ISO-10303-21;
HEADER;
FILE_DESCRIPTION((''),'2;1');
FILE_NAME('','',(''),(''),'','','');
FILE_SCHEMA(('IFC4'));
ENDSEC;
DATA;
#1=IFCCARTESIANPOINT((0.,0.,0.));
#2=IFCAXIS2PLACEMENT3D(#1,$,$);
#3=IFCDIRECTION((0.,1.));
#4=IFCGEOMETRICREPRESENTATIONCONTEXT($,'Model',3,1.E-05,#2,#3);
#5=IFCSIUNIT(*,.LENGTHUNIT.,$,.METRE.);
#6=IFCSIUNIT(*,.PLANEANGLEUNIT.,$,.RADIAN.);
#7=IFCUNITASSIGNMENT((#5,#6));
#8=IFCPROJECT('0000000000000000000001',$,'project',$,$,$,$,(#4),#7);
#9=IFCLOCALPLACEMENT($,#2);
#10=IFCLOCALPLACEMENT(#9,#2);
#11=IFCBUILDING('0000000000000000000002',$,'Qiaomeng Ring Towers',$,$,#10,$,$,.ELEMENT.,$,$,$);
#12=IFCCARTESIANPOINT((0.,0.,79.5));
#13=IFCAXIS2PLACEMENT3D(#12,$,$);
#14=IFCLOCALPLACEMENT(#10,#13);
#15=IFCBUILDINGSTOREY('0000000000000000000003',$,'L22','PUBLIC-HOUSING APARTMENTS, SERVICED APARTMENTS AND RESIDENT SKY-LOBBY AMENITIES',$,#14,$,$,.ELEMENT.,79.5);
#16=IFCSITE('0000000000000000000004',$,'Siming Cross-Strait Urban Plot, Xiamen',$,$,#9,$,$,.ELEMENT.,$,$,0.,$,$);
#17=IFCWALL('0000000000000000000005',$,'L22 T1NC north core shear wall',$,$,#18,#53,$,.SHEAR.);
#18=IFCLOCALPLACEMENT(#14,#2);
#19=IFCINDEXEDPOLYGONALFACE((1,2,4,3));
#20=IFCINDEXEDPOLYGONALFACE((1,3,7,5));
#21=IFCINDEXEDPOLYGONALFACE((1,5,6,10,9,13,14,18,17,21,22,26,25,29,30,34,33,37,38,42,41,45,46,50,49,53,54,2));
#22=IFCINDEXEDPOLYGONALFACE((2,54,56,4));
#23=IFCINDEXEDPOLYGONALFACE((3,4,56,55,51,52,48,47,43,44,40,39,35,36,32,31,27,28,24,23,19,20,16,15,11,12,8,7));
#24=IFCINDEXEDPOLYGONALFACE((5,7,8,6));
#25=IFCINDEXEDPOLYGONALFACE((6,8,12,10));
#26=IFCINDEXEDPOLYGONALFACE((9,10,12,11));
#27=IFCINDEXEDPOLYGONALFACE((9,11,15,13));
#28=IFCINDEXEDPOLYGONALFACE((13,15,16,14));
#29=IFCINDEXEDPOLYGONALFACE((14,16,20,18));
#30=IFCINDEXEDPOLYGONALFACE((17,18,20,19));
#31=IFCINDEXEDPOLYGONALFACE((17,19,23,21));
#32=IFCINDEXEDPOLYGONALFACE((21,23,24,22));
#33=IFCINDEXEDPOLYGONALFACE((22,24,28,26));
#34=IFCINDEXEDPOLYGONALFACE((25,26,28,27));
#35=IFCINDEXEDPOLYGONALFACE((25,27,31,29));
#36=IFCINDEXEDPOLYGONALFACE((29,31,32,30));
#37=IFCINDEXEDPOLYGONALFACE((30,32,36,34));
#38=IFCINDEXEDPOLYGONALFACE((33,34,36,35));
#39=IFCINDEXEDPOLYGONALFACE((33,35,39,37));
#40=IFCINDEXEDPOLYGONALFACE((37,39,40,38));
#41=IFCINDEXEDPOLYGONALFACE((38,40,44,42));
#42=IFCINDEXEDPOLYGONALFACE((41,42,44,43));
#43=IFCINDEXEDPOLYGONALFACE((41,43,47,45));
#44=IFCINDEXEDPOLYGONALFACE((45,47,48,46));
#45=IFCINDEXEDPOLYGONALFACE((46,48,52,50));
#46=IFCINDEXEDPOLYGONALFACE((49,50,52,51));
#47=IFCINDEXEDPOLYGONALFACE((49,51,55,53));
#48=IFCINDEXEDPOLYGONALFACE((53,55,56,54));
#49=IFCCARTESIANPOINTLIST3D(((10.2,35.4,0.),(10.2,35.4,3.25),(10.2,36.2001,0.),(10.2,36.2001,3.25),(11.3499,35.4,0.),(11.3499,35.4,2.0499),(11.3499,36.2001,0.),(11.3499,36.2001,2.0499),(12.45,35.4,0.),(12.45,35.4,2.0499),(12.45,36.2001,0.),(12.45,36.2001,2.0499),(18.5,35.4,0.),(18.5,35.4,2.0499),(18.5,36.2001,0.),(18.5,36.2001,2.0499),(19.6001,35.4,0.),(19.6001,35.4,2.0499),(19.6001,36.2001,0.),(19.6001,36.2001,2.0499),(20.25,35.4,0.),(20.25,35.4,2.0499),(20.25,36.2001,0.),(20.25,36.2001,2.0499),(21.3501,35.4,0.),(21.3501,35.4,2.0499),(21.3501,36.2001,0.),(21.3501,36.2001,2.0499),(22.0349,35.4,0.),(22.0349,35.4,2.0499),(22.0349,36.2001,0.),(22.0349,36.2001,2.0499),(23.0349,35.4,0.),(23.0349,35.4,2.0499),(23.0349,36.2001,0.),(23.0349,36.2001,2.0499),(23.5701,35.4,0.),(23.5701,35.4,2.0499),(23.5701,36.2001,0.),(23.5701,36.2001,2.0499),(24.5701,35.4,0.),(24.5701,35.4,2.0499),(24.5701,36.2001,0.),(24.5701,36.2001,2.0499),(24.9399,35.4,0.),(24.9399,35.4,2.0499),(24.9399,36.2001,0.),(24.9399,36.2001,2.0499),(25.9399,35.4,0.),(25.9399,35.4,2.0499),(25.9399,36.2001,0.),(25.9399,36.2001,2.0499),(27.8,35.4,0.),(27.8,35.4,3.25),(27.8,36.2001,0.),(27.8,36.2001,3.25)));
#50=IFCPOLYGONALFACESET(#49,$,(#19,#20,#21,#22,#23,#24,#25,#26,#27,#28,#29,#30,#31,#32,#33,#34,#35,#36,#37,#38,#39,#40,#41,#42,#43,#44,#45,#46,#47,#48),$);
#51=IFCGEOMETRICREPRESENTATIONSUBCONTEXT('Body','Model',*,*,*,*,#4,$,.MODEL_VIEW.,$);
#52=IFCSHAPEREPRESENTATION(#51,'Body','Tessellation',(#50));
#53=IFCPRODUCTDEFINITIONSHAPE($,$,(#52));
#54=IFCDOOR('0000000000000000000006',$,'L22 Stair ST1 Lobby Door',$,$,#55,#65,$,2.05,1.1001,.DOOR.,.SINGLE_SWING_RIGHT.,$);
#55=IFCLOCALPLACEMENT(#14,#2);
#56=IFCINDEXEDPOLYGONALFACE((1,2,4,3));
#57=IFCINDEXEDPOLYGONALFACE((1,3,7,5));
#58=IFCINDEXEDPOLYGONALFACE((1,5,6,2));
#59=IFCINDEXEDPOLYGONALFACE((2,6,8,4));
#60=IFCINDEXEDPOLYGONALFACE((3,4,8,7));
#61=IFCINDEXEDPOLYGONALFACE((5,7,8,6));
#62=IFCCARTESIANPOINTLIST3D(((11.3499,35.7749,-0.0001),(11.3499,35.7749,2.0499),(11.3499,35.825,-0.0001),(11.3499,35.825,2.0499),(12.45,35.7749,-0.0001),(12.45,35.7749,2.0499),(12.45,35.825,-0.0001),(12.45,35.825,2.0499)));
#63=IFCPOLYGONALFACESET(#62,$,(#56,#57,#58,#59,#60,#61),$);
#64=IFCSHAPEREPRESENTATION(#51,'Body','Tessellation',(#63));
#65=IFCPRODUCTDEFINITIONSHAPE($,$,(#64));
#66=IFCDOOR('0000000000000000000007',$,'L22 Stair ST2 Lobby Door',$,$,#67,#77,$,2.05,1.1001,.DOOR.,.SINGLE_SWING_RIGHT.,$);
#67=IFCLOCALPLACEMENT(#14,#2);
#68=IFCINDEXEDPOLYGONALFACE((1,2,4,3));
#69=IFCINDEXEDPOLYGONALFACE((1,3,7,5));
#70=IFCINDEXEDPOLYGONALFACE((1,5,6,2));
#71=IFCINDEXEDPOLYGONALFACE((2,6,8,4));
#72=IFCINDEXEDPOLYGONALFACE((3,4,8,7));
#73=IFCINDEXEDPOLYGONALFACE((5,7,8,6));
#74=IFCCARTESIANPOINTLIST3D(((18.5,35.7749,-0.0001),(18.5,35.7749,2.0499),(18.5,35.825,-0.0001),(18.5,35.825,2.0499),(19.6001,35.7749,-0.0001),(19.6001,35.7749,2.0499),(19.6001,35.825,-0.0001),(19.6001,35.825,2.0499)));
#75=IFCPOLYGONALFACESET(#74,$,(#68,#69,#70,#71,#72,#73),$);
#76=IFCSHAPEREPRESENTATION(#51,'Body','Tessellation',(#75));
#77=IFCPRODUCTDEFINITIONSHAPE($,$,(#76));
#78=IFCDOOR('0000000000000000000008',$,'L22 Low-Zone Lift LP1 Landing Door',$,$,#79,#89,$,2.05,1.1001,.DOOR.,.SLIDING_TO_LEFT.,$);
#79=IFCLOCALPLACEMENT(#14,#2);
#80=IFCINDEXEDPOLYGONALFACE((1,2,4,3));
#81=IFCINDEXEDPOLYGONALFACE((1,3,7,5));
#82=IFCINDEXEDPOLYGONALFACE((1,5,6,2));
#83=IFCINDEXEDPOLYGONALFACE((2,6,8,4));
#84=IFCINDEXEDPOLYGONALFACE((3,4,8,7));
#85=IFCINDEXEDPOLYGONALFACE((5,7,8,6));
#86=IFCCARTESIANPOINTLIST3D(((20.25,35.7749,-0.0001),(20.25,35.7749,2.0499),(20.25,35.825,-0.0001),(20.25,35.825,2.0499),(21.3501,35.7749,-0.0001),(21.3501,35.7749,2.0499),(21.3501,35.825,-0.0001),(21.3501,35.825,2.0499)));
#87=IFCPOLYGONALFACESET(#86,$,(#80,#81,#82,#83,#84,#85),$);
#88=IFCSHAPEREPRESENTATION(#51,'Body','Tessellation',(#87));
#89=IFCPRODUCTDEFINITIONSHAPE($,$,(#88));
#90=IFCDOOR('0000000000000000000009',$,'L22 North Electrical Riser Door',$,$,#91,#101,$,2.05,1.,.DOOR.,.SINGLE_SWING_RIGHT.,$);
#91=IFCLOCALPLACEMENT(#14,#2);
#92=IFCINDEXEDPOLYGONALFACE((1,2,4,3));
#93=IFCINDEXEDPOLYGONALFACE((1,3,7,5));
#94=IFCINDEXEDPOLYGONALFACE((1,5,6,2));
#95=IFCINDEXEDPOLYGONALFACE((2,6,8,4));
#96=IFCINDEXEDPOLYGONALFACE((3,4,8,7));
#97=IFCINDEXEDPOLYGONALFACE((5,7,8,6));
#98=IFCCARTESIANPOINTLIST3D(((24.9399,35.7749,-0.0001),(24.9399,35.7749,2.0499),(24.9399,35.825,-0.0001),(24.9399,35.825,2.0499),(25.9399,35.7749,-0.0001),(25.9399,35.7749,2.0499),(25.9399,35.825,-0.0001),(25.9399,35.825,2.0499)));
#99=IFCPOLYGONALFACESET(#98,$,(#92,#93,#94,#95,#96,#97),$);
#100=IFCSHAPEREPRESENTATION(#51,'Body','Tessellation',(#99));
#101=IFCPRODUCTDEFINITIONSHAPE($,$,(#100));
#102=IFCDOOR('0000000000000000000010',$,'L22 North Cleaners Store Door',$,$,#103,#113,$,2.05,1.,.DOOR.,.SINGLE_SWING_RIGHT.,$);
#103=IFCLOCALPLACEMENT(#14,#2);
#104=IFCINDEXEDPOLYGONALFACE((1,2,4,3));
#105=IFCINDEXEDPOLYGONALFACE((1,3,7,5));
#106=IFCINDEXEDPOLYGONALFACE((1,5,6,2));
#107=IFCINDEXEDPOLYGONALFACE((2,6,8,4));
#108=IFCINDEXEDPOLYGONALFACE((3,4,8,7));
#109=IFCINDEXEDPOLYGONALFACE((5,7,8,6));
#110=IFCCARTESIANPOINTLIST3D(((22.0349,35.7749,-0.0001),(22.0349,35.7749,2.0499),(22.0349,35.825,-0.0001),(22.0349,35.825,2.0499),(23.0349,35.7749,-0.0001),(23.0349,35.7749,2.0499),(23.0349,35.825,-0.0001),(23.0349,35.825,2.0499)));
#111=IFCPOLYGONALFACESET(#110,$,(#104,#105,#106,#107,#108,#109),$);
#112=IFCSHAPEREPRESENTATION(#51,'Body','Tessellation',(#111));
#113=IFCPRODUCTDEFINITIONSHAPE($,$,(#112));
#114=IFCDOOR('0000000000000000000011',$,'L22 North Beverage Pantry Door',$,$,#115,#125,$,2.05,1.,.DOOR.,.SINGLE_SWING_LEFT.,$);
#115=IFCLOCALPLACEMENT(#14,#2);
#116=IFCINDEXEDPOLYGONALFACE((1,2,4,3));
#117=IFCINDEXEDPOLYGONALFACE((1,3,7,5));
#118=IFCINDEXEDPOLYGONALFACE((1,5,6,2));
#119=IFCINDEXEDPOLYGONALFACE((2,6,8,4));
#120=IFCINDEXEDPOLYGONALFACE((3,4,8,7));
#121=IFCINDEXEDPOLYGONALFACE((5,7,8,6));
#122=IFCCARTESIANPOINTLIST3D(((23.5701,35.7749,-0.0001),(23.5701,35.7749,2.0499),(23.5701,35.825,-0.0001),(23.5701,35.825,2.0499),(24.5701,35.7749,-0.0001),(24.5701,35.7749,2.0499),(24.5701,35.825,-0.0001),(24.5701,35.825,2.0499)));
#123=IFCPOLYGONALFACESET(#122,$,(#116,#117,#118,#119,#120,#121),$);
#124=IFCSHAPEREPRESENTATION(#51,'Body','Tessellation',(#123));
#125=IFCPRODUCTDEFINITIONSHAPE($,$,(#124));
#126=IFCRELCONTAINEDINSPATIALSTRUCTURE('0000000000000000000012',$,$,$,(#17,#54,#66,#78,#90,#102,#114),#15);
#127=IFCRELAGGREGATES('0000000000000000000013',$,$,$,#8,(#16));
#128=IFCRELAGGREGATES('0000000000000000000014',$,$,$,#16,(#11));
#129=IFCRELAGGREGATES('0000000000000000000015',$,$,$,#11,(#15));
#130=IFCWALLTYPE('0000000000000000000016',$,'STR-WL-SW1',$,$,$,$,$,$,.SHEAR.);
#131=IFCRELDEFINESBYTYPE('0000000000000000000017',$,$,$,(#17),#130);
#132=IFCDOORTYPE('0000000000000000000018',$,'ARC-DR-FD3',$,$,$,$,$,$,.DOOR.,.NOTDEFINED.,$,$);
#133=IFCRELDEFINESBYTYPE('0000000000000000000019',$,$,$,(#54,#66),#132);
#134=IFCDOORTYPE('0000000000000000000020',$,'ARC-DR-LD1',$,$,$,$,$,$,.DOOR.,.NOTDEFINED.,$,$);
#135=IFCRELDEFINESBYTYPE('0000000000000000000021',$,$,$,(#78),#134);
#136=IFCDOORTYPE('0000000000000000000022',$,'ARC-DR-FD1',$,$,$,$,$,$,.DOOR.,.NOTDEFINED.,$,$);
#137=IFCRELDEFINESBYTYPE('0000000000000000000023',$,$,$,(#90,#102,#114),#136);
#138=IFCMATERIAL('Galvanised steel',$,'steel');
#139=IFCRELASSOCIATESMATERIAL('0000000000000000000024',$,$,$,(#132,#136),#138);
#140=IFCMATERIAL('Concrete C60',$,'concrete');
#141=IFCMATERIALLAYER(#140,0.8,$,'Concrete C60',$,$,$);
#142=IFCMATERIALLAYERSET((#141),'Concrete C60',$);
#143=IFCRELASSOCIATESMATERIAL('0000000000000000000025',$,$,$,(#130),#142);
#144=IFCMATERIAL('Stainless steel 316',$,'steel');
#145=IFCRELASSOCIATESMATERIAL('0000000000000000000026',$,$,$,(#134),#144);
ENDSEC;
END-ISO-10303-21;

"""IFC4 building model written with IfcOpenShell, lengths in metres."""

from ifc_helpers import new_model, si_unit, direction, frame, frame_2d, origin, place, context, subcontext, project, spatial, rectangle, extrude, source, transform, mapped, material, layer, layer_set, type_object, element, fill, save


model = new_model("IFC4")

# Units and contexts
model_context = context("Model", 3, precision=1e-05, world=origin(), true_north=direction((0.0, 1.0)))
body_context = subcontext(model_context, "Body", "Model", "MODEL_VIEW")
ifc_project = project(units=[si_unit("LENGTHUNIT", "METRE"), si_unit("PLANEANGLEUNIT", "RADIAN")], contexts=[model_context])

# Site, building, storey
site_placement = place(None, origin())
site = spatial("IfcSite", under=ifc_project, at=site_placement, Name="Siming Cross-Strait Urban Plot, Xiamen", CompositionType="ELEMENT", RefElevation=0.0)
building_placement = place(site_placement, origin())
building = spatial("IfcBuilding", under=site, at=building_placement, Name="Qiaomeng Ring Towers", CompositionType="ELEMENT")
storey_placement = place(building_placement, frame((0.0, 0.0, 79.5)))
storey = spatial("IfcBuildingStorey", under=building, at=storey_placement, Name="L22", Description="PUBLIC-HOUSING APARTMENTS, SERVICED APARTMENTS AND RESIDENT SKY-LOBBY AMENITIES", CompositionType="ELEMENT", Elevation=79.5)

# Shared definitions
ifc_material_1 = material(Name="Concrete C60", Category="concrete")

# Shared definitions
shared_shape_1 = source(origin(), body_context, "Body", "SweptSolid", [
    extrude(rectangle(XDim=1.0, YDim=2.05, at=frame_2d((0.5, 1.0249))), frame((0.0, 0.0249, 0.0), z_axis=(0.0, -1.0, 0.0), x_axis=(1.0, 0.0, 0.0)), (0.0, 0.0, 1.0), 0.05),
])

# Shared definitions
ifc_material_2 = material(Name="Galvanised steel", Category="steel")
door_type_1 = type_object("IfcDoorType", Name="ARC-DR-FD3", OperationType="NOTDEFINED", PredefinedType="DOOR", material=ifc_material_2)
shared_shape_2 = source(origin(), body_context, "Body", "SweptSolid", [
    extrude(rectangle(XDim=1.1001, YDim=2.05, at=frame_2d((0.55, 1.0249))), frame((0.0, 0.0249, 0.0), z_axis=(0.0, -1.0, 0.0), x_axis=(1.0, 0.0, 0.0)), (0.0, 0.0, 1.0), 0.05),
])

# Wall, openings, doors
ifc_layer_1 = layer(ifc_material_1, 0.8, Name="Concrete C60")
ifc_layer_set_1 = layer_set([ifc_layer_1], Name="Concrete C60")
wall_type_1 = type_object("IfcWallType", Name="STR-WL-SW1", PredefinedType="SHEAR", material=ifc_layer_set_1)
wall_1_placement = place(storey_placement, frame((10.2, 35.8, 0.0), z_axis=(0.0, 0.0, 1.0), x_axis=(1.0, 0.0, 0.0)))
wall_1 = element("IfcWall", 1, at=wall_1_placement, inside=storey, type_object=wall_type_1, Name="L22 T1NC north core shear wall", PredefinedType="SHEAR", context=body_context, shape_type="SweptSolid", body=[
    extrude(rectangle(XDim=17.6001, YDim=0.8, at=frame_2d((8.8, 0.0))), origin(), (0.0, 0.0, 1.0), 3.25),
])
opening_1_placement = place(wall_1_placement, frame((1.1499, 0.0, 0.0)))
opening_1 = element("IfcOpeningElement", 2, at=opening_1_placement, cuts=wall_1, PredefinedType="OPENING", context=body_context, shape_type="SweptSolid", body=[
    extrude(rectangle(XDim=1.1001, YDim=2.05, at=frame_2d((0.55, 1.0249))), frame((0.0, 0.4099, 0.0), z_axis=(0.0, -1.0, 0.0), x_axis=(1.0, 0.0, 0.0)), (0.0, 0.0, 1.0), 0.8201),
])
opening_2_placement = place(wall_1_placement, frame((8.3, 0.0, 0.0)))
opening_2 = element("IfcOpeningElement", 3, at=opening_2_placement, cuts=wall_1, PredefinedType="OPENING", context=body_context, shape_type="SweptSolid", body=[
    extrude(rectangle(XDim=1.1001, YDim=2.05, at=frame_2d((0.55, 1.0249))), frame((0.0, 0.4099, 0.0), z_axis=(0.0, -1.0, 0.0), x_axis=(1.0, 0.0, 0.0)), (0.0, 0.0, 1.0), 0.8201),
])
opening_3_placement = place(wall_1_placement, frame((10.05, 0.0, 0.0)))
opening_3 = element("IfcOpeningElement", 4, at=opening_3_placement, cuts=wall_1, PredefinedType="OPENING", context=body_context, shape_type="SweptSolid", body=[
    extrude(rectangle(XDim=1.1001, YDim=2.05, at=frame_2d((0.55, 1.0249))), frame((0.0, 0.4099, 0.0), z_axis=(0.0, -1.0, 0.0), x_axis=(1.0, 0.0, 0.0)), (0.0, 0.0, 1.0), 0.8201),
])
opening_4_placement = place(wall_1_placement, frame((14.74, 0.0, 0.0)))
opening_4 = element("IfcOpeningElement", 5, at=opening_4_placement, cuts=wall_1, PredefinedType="OPENING", context=body_context, shape_type="SweptSolid", body=[
    extrude(rectangle(XDim=1.0, YDim=2.05, at=frame_2d((0.5, 1.0249))), frame((0.0, 0.4099, 0.0), z_axis=(0.0, -1.0, 0.0), x_axis=(1.0, 0.0, 0.0)), (0.0, 0.0, 1.0), 0.8201),
])
opening_5_placement = place(wall_1_placement, frame((11.835, 0.0, 0.0)))
opening_5 = element("IfcOpeningElement", 6, at=opening_5_placement, cuts=wall_1, PredefinedType="OPENING", context=body_context, shape_type="SweptSolid", body=[
    extrude(rectangle(XDim=1.0, YDim=2.05, at=frame_2d((0.5, 1.0249))), frame((0.0, 0.4099, 0.0), z_axis=(0.0, -1.0, 0.0), x_axis=(1.0, 0.0, 0.0)), (0.0, 0.0, 1.0), 0.8201),
])
opening_6_placement = place(wall_1_placement, frame((13.3701, 0.0, 0.0)))
opening_6 = element("IfcOpeningElement", 7, at=opening_6_placement, cuts=wall_1, PredefinedType="OPENING", context=body_context, shape_type="SweptSolid", body=[
    extrude(rectangle(XDim=1.0, YDim=2.05, at=frame_2d((0.5, 1.0249))), frame((0.0, 0.4099, 0.0), z_axis=(0.0, -1.0, 0.0), x_axis=(1.0, 0.0, 0.0)), (0.0, 0.0, 1.0), 0.8201),
])
door_1_placement = place(opening_1_placement, origin())
door_1 = element("IfcDoor", 8, at=door_1_placement, inside=storey, type_object=door_type_1, Name="L22 Stair ST1 Lobby Door", OperationType="SINGLE_SWING_RIGHT", OverallHeight=2.05, OverallWidth=1.1001, PredefinedType="DOOR", context=body_context, shape_type="MappedRepresentation", body=[
    mapped(shared_shape_2, transform((0.0, 0.0, 0.0), x_axis=(1.0, 0.0, 0.0), y_axis=(0.0, 1.0, 0.0), z_axis=(0.0, 0.0, 1.0), scale=1.0)),
])
fill(opening_1, door_1)
door_2_placement = place(opening_2_placement, origin())
door_2 = element("IfcDoor", 9, at=door_2_placement, inside=storey, type_object=door_type_1, Name="L22 Stair ST2 Lobby Door", OperationType="SINGLE_SWING_RIGHT", OverallHeight=2.05, OverallWidth=1.1001, PredefinedType="DOOR", context=body_context, shape_type="MappedRepresentation", body=[
    mapped(shared_shape_2, transform((0.0, 0.0, 0.0), x_axis=(1.0, 0.0, 0.0), y_axis=(0.0, 1.0, 0.0), z_axis=(0.0, 0.0, 1.0), scale=1.0)),
])
fill(opening_2, door_2)
ifc_material_3 = material(Name="Stainless steel 316", Category="steel")
door_type_2 = type_object("IfcDoorType", Name="ARC-DR-LD1", OperationType="NOTDEFINED", PredefinedType="DOOR", material=ifc_material_3)
door_3_placement = place(opening_3_placement, origin())
door_3 = element("IfcDoor", 10, at=door_3_placement, inside=storey, type_object=door_type_2, Name="L22 Low-Zone Lift LP1 Landing Door", OperationType="SLIDING_TO_LEFT", OverallHeight=2.05, OverallWidth=1.1001, PredefinedType="DOOR", context=body_context, shape_type="MappedRepresentation", body=[
    mapped(shared_shape_2, transform((0.0, 0.0, 0.0), x_axis=(1.0, 0.0, 0.0), y_axis=(0.0, 1.0, 0.0), z_axis=(0.0, 0.0, 1.0), scale=1.0)),
])
fill(opening_3, door_3)
door_type_3 = type_object("IfcDoorType", Name="ARC-DR-FD1", OperationType="NOTDEFINED", PredefinedType="DOOR", material=ifc_material_2)
door_4_placement = place(opening_4_placement, origin())
door_4 = element("IfcDoor", 11, at=door_4_placement, inside=storey, type_object=door_type_3, Name="L22 North Electrical Riser Door", OperationType="SINGLE_SWING_RIGHT", OverallHeight=2.05, OverallWidth=1.0, PredefinedType="DOOR", context=body_context, shape_type="MappedRepresentation", body=[
    mapped(shared_shape_1, transform((0.0, 0.0, 0.0), x_axis=(1.0, 0.0, 0.0), y_axis=(0.0, 1.0, 0.0), z_axis=(0.0, 0.0, 1.0), scale=1.0)),
])
fill(opening_4, door_4)
door_5_placement = place(opening_5_placement, origin())
door_5 = element("IfcDoor", 12, at=door_5_placement, inside=storey, type_object=door_type_3, Name="L22 North Cleaners Store Door", OperationType="SINGLE_SWING_RIGHT", OverallHeight=2.05, OverallWidth=1.0, PredefinedType="DOOR", context=body_context, shape_type="MappedRepresentation", body=[
    mapped(shared_shape_1, transform((0.0, 0.0, 0.0), x_axis=(1.0, 0.0, 0.0), y_axis=(0.0, 1.0, 0.0), z_axis=(0.0, 0.0, 1.0), scale=1.0)),
])
fill(opening_5, door_5)
door_6_placement = place(opening_6_placement, origin())
door_6 = element("IfcDoor", 13, at=door_6_placement, inside=storey, type_object=door_type_3, Name="L22 North Beverage Pantry Door", OperationType="SINGLE_SWING_LEFT", OverallHeight=2.05, OverallWidth=1.0, PredefinedType="DOOR", context=body_context, shape_type="MappedRepresentation", body=[
    mapped(shared_shape_1, transform((0.0, 0.0, 0.0), x_axis=(1.0, 0.0, 0.0), y_axis=(0.0, 1.0, 0.0), z_axis=(0.0, 0.0, 1.0), scale=1.0)),
])
fill(opening_6, door_6)

save(model, "model.ifc")
